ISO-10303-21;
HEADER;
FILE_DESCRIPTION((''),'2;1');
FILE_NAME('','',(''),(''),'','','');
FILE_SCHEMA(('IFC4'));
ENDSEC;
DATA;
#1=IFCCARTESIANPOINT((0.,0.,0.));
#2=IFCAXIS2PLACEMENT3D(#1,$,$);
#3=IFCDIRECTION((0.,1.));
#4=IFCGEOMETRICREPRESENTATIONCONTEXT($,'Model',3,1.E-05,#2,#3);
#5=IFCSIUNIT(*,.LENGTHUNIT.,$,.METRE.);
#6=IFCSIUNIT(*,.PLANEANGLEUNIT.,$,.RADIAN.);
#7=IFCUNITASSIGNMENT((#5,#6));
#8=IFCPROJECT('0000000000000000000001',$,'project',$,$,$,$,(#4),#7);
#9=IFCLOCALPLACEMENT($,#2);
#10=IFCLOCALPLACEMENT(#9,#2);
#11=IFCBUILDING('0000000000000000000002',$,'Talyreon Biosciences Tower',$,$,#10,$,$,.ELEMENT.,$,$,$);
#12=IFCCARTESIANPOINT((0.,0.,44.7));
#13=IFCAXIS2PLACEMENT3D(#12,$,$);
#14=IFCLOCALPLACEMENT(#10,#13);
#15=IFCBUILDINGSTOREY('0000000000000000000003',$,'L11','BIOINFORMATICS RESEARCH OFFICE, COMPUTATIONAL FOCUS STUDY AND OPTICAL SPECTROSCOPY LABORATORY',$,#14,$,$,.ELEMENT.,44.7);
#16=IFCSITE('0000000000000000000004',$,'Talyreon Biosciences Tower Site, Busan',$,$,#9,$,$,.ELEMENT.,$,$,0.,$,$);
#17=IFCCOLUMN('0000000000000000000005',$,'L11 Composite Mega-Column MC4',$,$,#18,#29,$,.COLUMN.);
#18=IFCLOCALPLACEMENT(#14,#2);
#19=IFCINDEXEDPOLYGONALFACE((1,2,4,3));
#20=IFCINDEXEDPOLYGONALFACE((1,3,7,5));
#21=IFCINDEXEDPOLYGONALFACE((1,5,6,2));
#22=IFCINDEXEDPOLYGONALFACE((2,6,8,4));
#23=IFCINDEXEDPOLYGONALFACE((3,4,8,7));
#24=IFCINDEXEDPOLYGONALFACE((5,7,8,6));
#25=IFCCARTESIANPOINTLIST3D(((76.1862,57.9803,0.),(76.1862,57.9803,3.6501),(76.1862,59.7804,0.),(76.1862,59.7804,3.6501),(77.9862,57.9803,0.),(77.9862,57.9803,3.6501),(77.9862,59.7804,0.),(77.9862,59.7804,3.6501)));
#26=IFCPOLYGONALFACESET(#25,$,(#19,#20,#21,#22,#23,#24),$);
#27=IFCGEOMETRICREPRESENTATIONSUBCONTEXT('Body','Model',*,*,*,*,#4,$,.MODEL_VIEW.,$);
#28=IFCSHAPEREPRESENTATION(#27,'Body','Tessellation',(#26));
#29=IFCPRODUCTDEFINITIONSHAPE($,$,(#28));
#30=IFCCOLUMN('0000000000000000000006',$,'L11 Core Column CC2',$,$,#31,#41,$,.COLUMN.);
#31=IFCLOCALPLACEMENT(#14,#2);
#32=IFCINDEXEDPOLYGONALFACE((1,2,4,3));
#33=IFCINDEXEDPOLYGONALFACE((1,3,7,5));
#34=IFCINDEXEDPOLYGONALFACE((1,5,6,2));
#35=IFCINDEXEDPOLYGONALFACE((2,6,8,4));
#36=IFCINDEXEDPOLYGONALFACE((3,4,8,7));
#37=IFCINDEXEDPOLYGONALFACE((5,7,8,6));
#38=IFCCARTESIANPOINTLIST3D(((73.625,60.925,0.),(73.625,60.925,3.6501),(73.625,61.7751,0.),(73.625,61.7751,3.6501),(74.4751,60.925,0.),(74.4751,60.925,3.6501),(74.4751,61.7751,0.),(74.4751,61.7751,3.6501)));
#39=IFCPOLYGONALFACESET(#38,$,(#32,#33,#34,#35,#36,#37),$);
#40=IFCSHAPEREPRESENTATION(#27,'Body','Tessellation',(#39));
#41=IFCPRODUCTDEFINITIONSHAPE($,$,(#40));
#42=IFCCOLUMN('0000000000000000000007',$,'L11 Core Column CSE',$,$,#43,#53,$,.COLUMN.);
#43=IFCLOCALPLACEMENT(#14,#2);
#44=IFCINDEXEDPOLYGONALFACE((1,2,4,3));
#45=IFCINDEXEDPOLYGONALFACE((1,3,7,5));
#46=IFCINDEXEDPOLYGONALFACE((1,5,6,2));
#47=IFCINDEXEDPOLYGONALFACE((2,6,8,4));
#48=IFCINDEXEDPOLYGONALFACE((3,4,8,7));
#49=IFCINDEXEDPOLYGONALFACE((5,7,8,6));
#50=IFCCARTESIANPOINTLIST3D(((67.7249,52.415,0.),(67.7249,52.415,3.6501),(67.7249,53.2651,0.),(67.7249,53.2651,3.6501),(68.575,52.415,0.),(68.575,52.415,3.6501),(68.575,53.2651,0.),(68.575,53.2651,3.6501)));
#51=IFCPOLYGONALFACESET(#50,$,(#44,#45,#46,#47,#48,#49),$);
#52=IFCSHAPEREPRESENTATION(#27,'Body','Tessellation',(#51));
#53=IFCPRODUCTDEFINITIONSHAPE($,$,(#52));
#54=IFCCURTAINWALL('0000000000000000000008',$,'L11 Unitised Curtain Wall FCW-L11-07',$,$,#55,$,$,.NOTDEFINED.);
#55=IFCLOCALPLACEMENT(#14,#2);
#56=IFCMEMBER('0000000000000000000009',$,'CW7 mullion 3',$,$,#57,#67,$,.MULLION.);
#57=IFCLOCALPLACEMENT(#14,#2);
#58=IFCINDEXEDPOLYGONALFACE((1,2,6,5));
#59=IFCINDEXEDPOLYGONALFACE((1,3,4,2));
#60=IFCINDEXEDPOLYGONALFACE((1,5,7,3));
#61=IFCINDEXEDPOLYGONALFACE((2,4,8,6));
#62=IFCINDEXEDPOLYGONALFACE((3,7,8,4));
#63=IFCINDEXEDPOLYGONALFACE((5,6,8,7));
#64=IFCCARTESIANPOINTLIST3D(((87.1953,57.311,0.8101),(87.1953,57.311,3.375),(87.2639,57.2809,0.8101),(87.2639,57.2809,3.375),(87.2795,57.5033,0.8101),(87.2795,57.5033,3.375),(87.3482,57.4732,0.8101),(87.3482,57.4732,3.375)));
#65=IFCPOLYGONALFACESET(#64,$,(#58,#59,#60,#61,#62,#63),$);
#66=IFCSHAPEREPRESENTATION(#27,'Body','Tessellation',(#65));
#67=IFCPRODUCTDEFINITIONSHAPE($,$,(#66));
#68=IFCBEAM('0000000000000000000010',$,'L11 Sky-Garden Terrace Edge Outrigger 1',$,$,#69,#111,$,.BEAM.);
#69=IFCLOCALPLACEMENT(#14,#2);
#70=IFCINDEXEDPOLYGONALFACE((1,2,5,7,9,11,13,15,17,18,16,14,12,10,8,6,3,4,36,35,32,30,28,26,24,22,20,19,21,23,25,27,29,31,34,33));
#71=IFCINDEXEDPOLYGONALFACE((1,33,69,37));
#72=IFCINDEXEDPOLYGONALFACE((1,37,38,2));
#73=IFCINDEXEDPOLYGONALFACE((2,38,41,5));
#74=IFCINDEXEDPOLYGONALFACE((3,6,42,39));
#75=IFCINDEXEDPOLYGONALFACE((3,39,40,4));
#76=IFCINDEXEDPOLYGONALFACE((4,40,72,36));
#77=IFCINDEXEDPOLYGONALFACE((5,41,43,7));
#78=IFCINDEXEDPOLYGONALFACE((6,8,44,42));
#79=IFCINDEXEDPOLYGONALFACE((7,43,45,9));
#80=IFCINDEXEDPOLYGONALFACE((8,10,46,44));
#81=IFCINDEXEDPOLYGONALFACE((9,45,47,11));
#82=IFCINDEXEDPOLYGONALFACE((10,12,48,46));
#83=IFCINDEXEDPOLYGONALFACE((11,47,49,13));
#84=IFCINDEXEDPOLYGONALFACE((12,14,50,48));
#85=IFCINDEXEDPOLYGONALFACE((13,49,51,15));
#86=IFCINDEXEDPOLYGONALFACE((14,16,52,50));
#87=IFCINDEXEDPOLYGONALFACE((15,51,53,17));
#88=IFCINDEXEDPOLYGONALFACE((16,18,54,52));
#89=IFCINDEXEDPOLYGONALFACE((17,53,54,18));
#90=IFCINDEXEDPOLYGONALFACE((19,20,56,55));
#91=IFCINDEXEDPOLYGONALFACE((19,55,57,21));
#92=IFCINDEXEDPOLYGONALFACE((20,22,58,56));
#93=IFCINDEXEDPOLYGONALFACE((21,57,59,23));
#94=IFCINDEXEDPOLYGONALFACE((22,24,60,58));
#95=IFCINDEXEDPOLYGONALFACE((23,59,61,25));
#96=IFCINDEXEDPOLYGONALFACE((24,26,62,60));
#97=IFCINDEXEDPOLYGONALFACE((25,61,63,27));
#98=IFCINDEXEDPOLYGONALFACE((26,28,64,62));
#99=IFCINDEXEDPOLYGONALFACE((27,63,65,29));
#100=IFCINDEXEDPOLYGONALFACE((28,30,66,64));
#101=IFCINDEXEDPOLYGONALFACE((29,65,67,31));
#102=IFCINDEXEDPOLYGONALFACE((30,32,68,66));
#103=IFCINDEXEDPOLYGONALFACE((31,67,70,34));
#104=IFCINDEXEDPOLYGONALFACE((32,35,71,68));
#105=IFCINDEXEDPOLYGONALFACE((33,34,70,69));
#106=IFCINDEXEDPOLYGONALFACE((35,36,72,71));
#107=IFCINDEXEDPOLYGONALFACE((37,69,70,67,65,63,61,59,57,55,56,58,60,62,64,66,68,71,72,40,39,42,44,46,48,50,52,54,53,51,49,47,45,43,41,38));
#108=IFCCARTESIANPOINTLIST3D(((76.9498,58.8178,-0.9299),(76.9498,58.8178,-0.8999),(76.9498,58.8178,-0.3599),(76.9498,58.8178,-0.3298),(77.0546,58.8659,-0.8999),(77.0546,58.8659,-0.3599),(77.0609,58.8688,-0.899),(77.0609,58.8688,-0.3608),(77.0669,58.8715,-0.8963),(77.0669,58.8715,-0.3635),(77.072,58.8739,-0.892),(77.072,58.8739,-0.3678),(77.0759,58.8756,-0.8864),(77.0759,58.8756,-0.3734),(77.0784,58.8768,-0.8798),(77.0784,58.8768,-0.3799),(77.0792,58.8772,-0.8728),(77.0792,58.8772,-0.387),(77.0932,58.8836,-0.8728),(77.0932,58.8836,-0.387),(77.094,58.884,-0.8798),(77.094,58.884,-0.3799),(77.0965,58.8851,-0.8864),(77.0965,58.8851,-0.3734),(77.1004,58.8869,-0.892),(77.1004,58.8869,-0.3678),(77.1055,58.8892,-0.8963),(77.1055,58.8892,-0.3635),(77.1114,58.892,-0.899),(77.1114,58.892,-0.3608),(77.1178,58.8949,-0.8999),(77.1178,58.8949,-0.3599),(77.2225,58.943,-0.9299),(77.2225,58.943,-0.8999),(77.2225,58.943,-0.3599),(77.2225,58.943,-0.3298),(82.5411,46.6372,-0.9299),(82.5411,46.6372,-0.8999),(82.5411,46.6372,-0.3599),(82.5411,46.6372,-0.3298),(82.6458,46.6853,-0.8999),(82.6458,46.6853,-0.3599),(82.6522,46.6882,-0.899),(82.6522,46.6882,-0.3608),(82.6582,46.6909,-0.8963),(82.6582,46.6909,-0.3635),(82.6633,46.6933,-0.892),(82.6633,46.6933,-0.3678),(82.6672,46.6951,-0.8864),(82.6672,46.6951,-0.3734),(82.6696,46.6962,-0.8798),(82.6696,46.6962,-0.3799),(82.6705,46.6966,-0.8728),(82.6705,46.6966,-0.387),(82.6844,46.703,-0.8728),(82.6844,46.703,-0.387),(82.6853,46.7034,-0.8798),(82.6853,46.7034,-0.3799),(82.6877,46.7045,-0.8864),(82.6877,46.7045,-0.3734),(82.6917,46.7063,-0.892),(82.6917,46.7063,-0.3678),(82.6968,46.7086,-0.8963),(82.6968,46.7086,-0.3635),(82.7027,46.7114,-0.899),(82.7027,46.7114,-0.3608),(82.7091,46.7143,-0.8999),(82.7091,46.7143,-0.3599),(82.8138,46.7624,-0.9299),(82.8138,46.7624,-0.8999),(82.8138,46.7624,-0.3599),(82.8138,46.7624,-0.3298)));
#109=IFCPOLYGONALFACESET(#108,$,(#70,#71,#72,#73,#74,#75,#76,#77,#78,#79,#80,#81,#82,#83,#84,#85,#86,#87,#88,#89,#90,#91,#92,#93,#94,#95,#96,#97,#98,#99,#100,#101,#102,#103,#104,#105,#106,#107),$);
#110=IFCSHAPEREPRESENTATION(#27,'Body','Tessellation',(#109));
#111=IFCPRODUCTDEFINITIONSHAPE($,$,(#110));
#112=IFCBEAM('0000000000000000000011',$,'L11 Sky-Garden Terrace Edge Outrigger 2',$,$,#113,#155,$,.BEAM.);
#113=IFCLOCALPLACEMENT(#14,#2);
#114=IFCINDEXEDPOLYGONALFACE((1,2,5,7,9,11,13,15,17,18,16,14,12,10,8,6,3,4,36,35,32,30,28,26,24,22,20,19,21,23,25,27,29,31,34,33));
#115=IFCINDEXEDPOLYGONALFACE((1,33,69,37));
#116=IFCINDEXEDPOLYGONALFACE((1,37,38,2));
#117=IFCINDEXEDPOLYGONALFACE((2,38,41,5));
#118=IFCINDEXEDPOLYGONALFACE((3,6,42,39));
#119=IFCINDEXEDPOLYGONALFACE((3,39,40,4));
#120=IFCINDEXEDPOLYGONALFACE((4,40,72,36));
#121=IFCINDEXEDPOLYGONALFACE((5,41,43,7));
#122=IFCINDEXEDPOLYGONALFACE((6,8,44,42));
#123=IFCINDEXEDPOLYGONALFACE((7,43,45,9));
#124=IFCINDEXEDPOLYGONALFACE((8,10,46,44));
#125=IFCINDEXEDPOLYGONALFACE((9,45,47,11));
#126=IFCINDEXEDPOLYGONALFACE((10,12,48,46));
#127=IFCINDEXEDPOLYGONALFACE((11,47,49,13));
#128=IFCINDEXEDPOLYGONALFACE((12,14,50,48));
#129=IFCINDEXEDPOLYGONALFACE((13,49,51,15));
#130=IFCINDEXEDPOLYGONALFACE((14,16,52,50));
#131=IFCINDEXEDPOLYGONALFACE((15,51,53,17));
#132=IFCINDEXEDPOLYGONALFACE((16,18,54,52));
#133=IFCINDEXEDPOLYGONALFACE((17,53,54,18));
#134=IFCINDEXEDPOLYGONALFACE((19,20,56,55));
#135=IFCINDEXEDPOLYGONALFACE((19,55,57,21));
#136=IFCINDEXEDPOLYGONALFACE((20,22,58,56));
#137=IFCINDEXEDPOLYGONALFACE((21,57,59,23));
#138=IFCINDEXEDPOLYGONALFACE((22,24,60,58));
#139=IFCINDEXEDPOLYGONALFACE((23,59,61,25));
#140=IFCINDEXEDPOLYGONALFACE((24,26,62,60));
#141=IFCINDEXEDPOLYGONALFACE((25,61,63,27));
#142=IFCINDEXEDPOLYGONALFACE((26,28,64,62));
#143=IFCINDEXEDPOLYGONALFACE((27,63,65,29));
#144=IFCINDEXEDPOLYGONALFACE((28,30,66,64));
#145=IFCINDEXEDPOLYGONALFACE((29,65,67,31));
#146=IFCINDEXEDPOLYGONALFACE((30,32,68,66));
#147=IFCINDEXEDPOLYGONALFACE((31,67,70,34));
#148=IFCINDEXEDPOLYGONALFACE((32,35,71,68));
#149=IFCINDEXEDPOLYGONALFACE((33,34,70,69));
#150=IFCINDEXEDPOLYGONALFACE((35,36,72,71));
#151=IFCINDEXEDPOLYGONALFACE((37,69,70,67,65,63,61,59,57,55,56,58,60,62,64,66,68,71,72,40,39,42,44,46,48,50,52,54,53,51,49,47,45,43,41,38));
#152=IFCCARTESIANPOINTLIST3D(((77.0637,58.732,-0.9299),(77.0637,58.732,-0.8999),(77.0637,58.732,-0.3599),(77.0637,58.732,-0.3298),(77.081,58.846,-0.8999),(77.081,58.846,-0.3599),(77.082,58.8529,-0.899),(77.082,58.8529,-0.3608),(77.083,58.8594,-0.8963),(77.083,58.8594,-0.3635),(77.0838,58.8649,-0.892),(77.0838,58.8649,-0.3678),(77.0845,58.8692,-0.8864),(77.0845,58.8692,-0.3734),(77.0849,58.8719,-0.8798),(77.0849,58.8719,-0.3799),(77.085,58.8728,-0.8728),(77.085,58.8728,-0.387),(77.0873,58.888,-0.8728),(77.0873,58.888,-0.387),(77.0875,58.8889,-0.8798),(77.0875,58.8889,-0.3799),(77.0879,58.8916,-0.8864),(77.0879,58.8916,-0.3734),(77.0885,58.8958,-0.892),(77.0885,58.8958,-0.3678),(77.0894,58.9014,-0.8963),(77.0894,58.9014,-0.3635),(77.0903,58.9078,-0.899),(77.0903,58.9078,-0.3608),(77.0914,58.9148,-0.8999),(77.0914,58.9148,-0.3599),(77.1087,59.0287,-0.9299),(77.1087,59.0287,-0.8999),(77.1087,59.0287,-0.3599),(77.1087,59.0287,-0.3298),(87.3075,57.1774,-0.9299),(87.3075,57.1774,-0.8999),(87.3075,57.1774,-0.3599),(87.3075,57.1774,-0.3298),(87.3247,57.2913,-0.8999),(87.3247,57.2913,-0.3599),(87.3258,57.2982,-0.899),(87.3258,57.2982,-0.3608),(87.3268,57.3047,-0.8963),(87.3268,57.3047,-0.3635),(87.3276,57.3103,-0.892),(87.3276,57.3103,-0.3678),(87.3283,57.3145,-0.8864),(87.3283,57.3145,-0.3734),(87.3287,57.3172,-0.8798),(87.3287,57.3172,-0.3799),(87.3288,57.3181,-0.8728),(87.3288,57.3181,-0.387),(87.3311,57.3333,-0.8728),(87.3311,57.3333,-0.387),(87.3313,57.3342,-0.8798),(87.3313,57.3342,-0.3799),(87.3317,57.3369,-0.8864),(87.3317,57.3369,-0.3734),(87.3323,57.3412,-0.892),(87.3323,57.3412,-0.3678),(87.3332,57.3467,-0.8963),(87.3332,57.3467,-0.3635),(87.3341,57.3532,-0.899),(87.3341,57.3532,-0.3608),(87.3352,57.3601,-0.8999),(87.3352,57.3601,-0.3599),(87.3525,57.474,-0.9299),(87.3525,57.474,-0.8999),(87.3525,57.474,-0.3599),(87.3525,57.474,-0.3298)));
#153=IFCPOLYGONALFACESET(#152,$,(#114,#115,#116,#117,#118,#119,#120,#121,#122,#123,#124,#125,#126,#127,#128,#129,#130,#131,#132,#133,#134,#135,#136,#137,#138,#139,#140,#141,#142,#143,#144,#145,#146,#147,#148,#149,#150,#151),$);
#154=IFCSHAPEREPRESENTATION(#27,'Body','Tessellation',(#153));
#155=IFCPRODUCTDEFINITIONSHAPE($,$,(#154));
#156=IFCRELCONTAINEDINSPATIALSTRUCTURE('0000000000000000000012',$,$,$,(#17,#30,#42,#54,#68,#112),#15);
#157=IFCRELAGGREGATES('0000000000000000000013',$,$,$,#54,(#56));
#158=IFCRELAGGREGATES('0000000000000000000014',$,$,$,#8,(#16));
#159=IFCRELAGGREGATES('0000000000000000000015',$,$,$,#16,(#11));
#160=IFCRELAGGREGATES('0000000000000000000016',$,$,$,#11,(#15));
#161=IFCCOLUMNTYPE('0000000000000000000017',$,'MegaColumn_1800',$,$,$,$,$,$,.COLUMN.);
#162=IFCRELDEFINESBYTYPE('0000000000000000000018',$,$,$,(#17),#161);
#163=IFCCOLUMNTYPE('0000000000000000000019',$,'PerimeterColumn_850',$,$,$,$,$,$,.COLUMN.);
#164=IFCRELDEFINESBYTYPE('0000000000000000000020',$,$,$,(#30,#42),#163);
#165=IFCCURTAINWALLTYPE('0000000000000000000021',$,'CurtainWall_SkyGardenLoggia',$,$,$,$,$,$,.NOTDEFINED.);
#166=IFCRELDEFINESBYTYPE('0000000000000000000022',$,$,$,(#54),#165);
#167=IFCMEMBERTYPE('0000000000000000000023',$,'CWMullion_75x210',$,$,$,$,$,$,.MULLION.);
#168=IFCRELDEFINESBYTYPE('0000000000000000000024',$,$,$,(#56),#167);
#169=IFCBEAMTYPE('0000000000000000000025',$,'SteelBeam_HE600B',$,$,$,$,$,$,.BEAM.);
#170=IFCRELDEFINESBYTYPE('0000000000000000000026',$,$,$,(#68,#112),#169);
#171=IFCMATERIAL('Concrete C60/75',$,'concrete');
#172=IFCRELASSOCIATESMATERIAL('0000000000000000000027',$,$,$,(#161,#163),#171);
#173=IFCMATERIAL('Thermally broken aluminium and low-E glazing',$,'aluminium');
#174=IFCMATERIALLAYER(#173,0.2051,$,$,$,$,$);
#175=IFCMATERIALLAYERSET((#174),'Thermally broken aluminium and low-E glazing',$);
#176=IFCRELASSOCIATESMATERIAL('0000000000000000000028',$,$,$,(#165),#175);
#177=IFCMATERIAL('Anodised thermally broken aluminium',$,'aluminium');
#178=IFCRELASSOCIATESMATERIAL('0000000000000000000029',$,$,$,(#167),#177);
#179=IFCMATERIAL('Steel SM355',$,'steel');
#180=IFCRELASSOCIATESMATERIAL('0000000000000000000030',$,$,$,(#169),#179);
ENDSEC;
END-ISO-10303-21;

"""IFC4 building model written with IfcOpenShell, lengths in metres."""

from ifc_helpers import new_model, si_unit, direction, frame, origin, origin_2d, place, context, subcontext, project, spatial, rectangle, i_section, extrude, material, layer, layer_set, material_profile, profile_set, type_object, element, aggregate, save


model = new_model("IFC4")

# Units and contexts
model_context = context("Model", 3, precision=1e-05, world=origin(), true_north=direction((0.0, 1.0)))
body_context = subcontext(model_context, "Body", "Model", "MODEL_VIEW")
ifc_project = project(units=[si_unit("LENGTHUNIT", "METRE"), si_unit("PLANEANGLEUNIT", "RADIAN")], contexts=[model_context])

# Site, building, storey
site_placement = place(None, origin())
site = spatial("IfcSite", under=ifc_project, at=site_placement, Name="Talyreon Biosciences Tower Site, Busan", CompositionType="ELEMENT", RefElevation=0.0)
building_placement = place(site_placement, origin())
building = spatial("IfcBuilding", under=site, at=building_placement, Name="Talyreon Biosciences Tower", CompositionType="ELEMENT")
storey_placement = place(building_placement, frame((0.0, 0.0, 44.7)))
storey = spatial("IfcBuildingStorey", under=building, at=storey_placement, Name="L11", Description="BIOINFORMATICS RESEARCH OFFICE, COMPUTATIONAL FOCUS STUDY AND OPTICAL SPECTROSCOPY LABORATORY", CompositionType="ELEMENT", Elevation=44.7)

# Columns
ifc_material_1 = material(Name="Concrete C60/75", Category="concrete")
ifc_material_profile_1 = material_profile(ifc_material_1, rectangle(XDim=1.8, YDim=1.8, at=origin_2d()), Name="RC 1800x1800")
ifc_profile_set_1 = profile_set([ifc_material_profile_1], Name="Concrete C60/75")
column_type_1 = type_object("IfcColumnType", Name="MegaColumn_1800", PredefinedType="COLUMN", material=ifc_profile_set_1)
column_placement = place(storey_placement, frame((77.0862, 58.8804, 0.0), z_axis=(0.0, 0.0, 1.0), x_axis=(1.0, 0.0, 0.0)))
element("IfcColumn", 1, at=column_placement, inside=storey, type_object=column_type_1, Name="L11 Composite Mega-Column MC4", PredefinedType="COLUMN", context=body_context, shape_type="SweptSolid", body=[
    extrude(rectangle(XDim=1.8, YDim=1.8, at=origin_2d()), origin(), (0.0, 0.0, 1.0), 3.6501),
])
ifc_material_profile_2 = material_profile(ifc_material_1, rectangle(XDim=0.8501, YDim=0.8501, at=origin_2d()), Name="RC 850x850")
ifc_profile_set_2 = profile_set([ifc_material_profile_2], Name="Concrete C60/75")
column_type_2 = type_object("IfcColumnType", Name="PerimeterColumn_850", PredefinedType="COLUMN", material=ifc_profile_set_2)
for number, where, z_axis, x_axis, name in (
    (2, (74.05, 61.3501, 0.0), (0.0, 0.0, 1.0), (1.0, 0.0, 0.0), "L11 Core Column CC2"),
    (3, (68.1499, 52.8401, 0.0), (0.0, 0.0, 1.0), (1.0, 0.0, 0.0), "L11 Core Column CSE"),
):
    element("IfcColumn", number, at=place(storey_placement, frame(where, z_axis=z_axis, x_axis=x_axis)), inside=storey, type_object=column_type_2, Name=name, PredefinedType="COLUMN", context=body_context, shape_type="SweptSolid", body=[
        extrude(rectangle(XDim=0.8501, YDim=0.8501, at=origin_2d()), origin(), (0.0, 0.0, 1.0), 3.6501),
    ])

# Curtain wall, member
ifc_material_2 = material(Name="Thermally broken aluminium and low-E glazing", Category="aluminium")
ifc_layer_1 = layer(ifc_material_2, 0.2051)
ifc_layer_set_1 = layer_set([ifc_layer_1], Name="Thermally broken aluminium and low-E glazing")
curtain_wall_type = type_object("IfcCurtainWallType", Name="CurtainWall_SkyGardenLoggia", PredefinedType="NOTDEFINED", material=ifc_layer_set_1)
curtain_wall_placement = place(storey_placement, origin())
curtain_wall = element("IfcCurtainWall", 4, at=curtain_wall_placement, inside=storey, type_object=curtain_wall_type, Name="L11 Unitised Curtain Wall FCW-L11-07", PredefinedType="NOTDEFINED")
ifc_material_3 = material(Name="Anodised thermally broken aluminium", Category="aluminium")
ifc_material_profile_3 = material_profile(ifc_material_3, rectangle(XDim=0.075, YDim=0.21, at=origin_2d()), Name="ALUM MULLION 75x210")
ifc_profile_set_3 = profile_set([ifc_material_profile_3], Name="Anodised thermally broken aluminium")
member_type = type_object("IfcMemberType", Name="CWMullion_75x210", PredefinedType="MULLION", material=ifc_profile_set_3)
member_placement = place(storey_placement, frame((87.2717, 57.3921, 0.8101), z_axis=(0.0, 0.0, 1.0), x_axis=(0.916035, -0.401098, 0.0)))
member = element("IfcMember", 5, at=member_placement, type_object=member_type, Name="CW7 mullion 3", PredefinedType="MULLION", context=body_context, shape_type="SweptSolid", body=[
    extrude(rectangle(XDim=0.075, YDim=0.21, at=origin_2d()), origin(), (0.0, 0.0, 1.0), 2.5649),
])

# Beams
ifc_material_4 = material(Name="Steel SM355", Category="steel")
ifc_material_profile_4 = material_profile(ifc_material_4, i_section(OverallWidth=0.3, OverallDepth=0.6001, WebThickness=0.0154, FlangeThickness=0.03, FilletRadius=0.0271, at=origin_2d()), Name="HE600B")
ifc_profile_set_4 = profile_set([ifc_material_profile_4], Name="Steel SM355")
beam_type_1 = type_object("IfcBeamType", Name="SteelBeam_HE600B", PredefinedType="BEAM", material=ifc_profile_set_4)
beam_1_placement = place(storey_placement, frame((77.0862, 58.8804, -0.6299), z_axis=(0.417179, -0.908824, 0.0), x_axis=(0.908824, 0.417179, 0.0)))
element("IfcBeam", 6, at=beam_1_placement, inside=storey, type_object=beam_type_1, Name="L11 Sky-Garden Terrace Edge Outrigger 1", PredefinedType="BEAM", context=body_context, shape_type="SweptSolid", body=[
    extrude(i_section(OverallWidth=0.3, OverallDepth=0.6001, WebThickness=0.0154, FlangeThickness=0.03, FilletRadius=0.0271, at=origin_2d()), origin(), (0.0, 0.0, 1.0), 13.4026),
])
beam_2_placement = place(storey_placement, frame((77.0862, 58.8804, -0.6299), z_axis=(0.988679, -0.150049, 0.0), x_axis=(0.150049, 0.988679, 0.0)))
element("IfcBeam", 7, at=beam_2_placement, inside=storey, type_object=beam_type_1, Name="L11 Sky-Garden Terrace Edge Outrigger 2", PredefinedType="BEAM", context=body_context, shape_type="SweptSolid", body=[
    extrude(i_section(OverallWidth=0.3, OverallDepth=0.6001, WebThickness=0.0154, FlangeThickness=0.03, FilletRadius=0.0271, at=origin_2d()), origin(), (0.0, 0.0, 1.0), 10.3611),
])

aggregate(curtain_wall, [member])

save(model, "model.ifc")
